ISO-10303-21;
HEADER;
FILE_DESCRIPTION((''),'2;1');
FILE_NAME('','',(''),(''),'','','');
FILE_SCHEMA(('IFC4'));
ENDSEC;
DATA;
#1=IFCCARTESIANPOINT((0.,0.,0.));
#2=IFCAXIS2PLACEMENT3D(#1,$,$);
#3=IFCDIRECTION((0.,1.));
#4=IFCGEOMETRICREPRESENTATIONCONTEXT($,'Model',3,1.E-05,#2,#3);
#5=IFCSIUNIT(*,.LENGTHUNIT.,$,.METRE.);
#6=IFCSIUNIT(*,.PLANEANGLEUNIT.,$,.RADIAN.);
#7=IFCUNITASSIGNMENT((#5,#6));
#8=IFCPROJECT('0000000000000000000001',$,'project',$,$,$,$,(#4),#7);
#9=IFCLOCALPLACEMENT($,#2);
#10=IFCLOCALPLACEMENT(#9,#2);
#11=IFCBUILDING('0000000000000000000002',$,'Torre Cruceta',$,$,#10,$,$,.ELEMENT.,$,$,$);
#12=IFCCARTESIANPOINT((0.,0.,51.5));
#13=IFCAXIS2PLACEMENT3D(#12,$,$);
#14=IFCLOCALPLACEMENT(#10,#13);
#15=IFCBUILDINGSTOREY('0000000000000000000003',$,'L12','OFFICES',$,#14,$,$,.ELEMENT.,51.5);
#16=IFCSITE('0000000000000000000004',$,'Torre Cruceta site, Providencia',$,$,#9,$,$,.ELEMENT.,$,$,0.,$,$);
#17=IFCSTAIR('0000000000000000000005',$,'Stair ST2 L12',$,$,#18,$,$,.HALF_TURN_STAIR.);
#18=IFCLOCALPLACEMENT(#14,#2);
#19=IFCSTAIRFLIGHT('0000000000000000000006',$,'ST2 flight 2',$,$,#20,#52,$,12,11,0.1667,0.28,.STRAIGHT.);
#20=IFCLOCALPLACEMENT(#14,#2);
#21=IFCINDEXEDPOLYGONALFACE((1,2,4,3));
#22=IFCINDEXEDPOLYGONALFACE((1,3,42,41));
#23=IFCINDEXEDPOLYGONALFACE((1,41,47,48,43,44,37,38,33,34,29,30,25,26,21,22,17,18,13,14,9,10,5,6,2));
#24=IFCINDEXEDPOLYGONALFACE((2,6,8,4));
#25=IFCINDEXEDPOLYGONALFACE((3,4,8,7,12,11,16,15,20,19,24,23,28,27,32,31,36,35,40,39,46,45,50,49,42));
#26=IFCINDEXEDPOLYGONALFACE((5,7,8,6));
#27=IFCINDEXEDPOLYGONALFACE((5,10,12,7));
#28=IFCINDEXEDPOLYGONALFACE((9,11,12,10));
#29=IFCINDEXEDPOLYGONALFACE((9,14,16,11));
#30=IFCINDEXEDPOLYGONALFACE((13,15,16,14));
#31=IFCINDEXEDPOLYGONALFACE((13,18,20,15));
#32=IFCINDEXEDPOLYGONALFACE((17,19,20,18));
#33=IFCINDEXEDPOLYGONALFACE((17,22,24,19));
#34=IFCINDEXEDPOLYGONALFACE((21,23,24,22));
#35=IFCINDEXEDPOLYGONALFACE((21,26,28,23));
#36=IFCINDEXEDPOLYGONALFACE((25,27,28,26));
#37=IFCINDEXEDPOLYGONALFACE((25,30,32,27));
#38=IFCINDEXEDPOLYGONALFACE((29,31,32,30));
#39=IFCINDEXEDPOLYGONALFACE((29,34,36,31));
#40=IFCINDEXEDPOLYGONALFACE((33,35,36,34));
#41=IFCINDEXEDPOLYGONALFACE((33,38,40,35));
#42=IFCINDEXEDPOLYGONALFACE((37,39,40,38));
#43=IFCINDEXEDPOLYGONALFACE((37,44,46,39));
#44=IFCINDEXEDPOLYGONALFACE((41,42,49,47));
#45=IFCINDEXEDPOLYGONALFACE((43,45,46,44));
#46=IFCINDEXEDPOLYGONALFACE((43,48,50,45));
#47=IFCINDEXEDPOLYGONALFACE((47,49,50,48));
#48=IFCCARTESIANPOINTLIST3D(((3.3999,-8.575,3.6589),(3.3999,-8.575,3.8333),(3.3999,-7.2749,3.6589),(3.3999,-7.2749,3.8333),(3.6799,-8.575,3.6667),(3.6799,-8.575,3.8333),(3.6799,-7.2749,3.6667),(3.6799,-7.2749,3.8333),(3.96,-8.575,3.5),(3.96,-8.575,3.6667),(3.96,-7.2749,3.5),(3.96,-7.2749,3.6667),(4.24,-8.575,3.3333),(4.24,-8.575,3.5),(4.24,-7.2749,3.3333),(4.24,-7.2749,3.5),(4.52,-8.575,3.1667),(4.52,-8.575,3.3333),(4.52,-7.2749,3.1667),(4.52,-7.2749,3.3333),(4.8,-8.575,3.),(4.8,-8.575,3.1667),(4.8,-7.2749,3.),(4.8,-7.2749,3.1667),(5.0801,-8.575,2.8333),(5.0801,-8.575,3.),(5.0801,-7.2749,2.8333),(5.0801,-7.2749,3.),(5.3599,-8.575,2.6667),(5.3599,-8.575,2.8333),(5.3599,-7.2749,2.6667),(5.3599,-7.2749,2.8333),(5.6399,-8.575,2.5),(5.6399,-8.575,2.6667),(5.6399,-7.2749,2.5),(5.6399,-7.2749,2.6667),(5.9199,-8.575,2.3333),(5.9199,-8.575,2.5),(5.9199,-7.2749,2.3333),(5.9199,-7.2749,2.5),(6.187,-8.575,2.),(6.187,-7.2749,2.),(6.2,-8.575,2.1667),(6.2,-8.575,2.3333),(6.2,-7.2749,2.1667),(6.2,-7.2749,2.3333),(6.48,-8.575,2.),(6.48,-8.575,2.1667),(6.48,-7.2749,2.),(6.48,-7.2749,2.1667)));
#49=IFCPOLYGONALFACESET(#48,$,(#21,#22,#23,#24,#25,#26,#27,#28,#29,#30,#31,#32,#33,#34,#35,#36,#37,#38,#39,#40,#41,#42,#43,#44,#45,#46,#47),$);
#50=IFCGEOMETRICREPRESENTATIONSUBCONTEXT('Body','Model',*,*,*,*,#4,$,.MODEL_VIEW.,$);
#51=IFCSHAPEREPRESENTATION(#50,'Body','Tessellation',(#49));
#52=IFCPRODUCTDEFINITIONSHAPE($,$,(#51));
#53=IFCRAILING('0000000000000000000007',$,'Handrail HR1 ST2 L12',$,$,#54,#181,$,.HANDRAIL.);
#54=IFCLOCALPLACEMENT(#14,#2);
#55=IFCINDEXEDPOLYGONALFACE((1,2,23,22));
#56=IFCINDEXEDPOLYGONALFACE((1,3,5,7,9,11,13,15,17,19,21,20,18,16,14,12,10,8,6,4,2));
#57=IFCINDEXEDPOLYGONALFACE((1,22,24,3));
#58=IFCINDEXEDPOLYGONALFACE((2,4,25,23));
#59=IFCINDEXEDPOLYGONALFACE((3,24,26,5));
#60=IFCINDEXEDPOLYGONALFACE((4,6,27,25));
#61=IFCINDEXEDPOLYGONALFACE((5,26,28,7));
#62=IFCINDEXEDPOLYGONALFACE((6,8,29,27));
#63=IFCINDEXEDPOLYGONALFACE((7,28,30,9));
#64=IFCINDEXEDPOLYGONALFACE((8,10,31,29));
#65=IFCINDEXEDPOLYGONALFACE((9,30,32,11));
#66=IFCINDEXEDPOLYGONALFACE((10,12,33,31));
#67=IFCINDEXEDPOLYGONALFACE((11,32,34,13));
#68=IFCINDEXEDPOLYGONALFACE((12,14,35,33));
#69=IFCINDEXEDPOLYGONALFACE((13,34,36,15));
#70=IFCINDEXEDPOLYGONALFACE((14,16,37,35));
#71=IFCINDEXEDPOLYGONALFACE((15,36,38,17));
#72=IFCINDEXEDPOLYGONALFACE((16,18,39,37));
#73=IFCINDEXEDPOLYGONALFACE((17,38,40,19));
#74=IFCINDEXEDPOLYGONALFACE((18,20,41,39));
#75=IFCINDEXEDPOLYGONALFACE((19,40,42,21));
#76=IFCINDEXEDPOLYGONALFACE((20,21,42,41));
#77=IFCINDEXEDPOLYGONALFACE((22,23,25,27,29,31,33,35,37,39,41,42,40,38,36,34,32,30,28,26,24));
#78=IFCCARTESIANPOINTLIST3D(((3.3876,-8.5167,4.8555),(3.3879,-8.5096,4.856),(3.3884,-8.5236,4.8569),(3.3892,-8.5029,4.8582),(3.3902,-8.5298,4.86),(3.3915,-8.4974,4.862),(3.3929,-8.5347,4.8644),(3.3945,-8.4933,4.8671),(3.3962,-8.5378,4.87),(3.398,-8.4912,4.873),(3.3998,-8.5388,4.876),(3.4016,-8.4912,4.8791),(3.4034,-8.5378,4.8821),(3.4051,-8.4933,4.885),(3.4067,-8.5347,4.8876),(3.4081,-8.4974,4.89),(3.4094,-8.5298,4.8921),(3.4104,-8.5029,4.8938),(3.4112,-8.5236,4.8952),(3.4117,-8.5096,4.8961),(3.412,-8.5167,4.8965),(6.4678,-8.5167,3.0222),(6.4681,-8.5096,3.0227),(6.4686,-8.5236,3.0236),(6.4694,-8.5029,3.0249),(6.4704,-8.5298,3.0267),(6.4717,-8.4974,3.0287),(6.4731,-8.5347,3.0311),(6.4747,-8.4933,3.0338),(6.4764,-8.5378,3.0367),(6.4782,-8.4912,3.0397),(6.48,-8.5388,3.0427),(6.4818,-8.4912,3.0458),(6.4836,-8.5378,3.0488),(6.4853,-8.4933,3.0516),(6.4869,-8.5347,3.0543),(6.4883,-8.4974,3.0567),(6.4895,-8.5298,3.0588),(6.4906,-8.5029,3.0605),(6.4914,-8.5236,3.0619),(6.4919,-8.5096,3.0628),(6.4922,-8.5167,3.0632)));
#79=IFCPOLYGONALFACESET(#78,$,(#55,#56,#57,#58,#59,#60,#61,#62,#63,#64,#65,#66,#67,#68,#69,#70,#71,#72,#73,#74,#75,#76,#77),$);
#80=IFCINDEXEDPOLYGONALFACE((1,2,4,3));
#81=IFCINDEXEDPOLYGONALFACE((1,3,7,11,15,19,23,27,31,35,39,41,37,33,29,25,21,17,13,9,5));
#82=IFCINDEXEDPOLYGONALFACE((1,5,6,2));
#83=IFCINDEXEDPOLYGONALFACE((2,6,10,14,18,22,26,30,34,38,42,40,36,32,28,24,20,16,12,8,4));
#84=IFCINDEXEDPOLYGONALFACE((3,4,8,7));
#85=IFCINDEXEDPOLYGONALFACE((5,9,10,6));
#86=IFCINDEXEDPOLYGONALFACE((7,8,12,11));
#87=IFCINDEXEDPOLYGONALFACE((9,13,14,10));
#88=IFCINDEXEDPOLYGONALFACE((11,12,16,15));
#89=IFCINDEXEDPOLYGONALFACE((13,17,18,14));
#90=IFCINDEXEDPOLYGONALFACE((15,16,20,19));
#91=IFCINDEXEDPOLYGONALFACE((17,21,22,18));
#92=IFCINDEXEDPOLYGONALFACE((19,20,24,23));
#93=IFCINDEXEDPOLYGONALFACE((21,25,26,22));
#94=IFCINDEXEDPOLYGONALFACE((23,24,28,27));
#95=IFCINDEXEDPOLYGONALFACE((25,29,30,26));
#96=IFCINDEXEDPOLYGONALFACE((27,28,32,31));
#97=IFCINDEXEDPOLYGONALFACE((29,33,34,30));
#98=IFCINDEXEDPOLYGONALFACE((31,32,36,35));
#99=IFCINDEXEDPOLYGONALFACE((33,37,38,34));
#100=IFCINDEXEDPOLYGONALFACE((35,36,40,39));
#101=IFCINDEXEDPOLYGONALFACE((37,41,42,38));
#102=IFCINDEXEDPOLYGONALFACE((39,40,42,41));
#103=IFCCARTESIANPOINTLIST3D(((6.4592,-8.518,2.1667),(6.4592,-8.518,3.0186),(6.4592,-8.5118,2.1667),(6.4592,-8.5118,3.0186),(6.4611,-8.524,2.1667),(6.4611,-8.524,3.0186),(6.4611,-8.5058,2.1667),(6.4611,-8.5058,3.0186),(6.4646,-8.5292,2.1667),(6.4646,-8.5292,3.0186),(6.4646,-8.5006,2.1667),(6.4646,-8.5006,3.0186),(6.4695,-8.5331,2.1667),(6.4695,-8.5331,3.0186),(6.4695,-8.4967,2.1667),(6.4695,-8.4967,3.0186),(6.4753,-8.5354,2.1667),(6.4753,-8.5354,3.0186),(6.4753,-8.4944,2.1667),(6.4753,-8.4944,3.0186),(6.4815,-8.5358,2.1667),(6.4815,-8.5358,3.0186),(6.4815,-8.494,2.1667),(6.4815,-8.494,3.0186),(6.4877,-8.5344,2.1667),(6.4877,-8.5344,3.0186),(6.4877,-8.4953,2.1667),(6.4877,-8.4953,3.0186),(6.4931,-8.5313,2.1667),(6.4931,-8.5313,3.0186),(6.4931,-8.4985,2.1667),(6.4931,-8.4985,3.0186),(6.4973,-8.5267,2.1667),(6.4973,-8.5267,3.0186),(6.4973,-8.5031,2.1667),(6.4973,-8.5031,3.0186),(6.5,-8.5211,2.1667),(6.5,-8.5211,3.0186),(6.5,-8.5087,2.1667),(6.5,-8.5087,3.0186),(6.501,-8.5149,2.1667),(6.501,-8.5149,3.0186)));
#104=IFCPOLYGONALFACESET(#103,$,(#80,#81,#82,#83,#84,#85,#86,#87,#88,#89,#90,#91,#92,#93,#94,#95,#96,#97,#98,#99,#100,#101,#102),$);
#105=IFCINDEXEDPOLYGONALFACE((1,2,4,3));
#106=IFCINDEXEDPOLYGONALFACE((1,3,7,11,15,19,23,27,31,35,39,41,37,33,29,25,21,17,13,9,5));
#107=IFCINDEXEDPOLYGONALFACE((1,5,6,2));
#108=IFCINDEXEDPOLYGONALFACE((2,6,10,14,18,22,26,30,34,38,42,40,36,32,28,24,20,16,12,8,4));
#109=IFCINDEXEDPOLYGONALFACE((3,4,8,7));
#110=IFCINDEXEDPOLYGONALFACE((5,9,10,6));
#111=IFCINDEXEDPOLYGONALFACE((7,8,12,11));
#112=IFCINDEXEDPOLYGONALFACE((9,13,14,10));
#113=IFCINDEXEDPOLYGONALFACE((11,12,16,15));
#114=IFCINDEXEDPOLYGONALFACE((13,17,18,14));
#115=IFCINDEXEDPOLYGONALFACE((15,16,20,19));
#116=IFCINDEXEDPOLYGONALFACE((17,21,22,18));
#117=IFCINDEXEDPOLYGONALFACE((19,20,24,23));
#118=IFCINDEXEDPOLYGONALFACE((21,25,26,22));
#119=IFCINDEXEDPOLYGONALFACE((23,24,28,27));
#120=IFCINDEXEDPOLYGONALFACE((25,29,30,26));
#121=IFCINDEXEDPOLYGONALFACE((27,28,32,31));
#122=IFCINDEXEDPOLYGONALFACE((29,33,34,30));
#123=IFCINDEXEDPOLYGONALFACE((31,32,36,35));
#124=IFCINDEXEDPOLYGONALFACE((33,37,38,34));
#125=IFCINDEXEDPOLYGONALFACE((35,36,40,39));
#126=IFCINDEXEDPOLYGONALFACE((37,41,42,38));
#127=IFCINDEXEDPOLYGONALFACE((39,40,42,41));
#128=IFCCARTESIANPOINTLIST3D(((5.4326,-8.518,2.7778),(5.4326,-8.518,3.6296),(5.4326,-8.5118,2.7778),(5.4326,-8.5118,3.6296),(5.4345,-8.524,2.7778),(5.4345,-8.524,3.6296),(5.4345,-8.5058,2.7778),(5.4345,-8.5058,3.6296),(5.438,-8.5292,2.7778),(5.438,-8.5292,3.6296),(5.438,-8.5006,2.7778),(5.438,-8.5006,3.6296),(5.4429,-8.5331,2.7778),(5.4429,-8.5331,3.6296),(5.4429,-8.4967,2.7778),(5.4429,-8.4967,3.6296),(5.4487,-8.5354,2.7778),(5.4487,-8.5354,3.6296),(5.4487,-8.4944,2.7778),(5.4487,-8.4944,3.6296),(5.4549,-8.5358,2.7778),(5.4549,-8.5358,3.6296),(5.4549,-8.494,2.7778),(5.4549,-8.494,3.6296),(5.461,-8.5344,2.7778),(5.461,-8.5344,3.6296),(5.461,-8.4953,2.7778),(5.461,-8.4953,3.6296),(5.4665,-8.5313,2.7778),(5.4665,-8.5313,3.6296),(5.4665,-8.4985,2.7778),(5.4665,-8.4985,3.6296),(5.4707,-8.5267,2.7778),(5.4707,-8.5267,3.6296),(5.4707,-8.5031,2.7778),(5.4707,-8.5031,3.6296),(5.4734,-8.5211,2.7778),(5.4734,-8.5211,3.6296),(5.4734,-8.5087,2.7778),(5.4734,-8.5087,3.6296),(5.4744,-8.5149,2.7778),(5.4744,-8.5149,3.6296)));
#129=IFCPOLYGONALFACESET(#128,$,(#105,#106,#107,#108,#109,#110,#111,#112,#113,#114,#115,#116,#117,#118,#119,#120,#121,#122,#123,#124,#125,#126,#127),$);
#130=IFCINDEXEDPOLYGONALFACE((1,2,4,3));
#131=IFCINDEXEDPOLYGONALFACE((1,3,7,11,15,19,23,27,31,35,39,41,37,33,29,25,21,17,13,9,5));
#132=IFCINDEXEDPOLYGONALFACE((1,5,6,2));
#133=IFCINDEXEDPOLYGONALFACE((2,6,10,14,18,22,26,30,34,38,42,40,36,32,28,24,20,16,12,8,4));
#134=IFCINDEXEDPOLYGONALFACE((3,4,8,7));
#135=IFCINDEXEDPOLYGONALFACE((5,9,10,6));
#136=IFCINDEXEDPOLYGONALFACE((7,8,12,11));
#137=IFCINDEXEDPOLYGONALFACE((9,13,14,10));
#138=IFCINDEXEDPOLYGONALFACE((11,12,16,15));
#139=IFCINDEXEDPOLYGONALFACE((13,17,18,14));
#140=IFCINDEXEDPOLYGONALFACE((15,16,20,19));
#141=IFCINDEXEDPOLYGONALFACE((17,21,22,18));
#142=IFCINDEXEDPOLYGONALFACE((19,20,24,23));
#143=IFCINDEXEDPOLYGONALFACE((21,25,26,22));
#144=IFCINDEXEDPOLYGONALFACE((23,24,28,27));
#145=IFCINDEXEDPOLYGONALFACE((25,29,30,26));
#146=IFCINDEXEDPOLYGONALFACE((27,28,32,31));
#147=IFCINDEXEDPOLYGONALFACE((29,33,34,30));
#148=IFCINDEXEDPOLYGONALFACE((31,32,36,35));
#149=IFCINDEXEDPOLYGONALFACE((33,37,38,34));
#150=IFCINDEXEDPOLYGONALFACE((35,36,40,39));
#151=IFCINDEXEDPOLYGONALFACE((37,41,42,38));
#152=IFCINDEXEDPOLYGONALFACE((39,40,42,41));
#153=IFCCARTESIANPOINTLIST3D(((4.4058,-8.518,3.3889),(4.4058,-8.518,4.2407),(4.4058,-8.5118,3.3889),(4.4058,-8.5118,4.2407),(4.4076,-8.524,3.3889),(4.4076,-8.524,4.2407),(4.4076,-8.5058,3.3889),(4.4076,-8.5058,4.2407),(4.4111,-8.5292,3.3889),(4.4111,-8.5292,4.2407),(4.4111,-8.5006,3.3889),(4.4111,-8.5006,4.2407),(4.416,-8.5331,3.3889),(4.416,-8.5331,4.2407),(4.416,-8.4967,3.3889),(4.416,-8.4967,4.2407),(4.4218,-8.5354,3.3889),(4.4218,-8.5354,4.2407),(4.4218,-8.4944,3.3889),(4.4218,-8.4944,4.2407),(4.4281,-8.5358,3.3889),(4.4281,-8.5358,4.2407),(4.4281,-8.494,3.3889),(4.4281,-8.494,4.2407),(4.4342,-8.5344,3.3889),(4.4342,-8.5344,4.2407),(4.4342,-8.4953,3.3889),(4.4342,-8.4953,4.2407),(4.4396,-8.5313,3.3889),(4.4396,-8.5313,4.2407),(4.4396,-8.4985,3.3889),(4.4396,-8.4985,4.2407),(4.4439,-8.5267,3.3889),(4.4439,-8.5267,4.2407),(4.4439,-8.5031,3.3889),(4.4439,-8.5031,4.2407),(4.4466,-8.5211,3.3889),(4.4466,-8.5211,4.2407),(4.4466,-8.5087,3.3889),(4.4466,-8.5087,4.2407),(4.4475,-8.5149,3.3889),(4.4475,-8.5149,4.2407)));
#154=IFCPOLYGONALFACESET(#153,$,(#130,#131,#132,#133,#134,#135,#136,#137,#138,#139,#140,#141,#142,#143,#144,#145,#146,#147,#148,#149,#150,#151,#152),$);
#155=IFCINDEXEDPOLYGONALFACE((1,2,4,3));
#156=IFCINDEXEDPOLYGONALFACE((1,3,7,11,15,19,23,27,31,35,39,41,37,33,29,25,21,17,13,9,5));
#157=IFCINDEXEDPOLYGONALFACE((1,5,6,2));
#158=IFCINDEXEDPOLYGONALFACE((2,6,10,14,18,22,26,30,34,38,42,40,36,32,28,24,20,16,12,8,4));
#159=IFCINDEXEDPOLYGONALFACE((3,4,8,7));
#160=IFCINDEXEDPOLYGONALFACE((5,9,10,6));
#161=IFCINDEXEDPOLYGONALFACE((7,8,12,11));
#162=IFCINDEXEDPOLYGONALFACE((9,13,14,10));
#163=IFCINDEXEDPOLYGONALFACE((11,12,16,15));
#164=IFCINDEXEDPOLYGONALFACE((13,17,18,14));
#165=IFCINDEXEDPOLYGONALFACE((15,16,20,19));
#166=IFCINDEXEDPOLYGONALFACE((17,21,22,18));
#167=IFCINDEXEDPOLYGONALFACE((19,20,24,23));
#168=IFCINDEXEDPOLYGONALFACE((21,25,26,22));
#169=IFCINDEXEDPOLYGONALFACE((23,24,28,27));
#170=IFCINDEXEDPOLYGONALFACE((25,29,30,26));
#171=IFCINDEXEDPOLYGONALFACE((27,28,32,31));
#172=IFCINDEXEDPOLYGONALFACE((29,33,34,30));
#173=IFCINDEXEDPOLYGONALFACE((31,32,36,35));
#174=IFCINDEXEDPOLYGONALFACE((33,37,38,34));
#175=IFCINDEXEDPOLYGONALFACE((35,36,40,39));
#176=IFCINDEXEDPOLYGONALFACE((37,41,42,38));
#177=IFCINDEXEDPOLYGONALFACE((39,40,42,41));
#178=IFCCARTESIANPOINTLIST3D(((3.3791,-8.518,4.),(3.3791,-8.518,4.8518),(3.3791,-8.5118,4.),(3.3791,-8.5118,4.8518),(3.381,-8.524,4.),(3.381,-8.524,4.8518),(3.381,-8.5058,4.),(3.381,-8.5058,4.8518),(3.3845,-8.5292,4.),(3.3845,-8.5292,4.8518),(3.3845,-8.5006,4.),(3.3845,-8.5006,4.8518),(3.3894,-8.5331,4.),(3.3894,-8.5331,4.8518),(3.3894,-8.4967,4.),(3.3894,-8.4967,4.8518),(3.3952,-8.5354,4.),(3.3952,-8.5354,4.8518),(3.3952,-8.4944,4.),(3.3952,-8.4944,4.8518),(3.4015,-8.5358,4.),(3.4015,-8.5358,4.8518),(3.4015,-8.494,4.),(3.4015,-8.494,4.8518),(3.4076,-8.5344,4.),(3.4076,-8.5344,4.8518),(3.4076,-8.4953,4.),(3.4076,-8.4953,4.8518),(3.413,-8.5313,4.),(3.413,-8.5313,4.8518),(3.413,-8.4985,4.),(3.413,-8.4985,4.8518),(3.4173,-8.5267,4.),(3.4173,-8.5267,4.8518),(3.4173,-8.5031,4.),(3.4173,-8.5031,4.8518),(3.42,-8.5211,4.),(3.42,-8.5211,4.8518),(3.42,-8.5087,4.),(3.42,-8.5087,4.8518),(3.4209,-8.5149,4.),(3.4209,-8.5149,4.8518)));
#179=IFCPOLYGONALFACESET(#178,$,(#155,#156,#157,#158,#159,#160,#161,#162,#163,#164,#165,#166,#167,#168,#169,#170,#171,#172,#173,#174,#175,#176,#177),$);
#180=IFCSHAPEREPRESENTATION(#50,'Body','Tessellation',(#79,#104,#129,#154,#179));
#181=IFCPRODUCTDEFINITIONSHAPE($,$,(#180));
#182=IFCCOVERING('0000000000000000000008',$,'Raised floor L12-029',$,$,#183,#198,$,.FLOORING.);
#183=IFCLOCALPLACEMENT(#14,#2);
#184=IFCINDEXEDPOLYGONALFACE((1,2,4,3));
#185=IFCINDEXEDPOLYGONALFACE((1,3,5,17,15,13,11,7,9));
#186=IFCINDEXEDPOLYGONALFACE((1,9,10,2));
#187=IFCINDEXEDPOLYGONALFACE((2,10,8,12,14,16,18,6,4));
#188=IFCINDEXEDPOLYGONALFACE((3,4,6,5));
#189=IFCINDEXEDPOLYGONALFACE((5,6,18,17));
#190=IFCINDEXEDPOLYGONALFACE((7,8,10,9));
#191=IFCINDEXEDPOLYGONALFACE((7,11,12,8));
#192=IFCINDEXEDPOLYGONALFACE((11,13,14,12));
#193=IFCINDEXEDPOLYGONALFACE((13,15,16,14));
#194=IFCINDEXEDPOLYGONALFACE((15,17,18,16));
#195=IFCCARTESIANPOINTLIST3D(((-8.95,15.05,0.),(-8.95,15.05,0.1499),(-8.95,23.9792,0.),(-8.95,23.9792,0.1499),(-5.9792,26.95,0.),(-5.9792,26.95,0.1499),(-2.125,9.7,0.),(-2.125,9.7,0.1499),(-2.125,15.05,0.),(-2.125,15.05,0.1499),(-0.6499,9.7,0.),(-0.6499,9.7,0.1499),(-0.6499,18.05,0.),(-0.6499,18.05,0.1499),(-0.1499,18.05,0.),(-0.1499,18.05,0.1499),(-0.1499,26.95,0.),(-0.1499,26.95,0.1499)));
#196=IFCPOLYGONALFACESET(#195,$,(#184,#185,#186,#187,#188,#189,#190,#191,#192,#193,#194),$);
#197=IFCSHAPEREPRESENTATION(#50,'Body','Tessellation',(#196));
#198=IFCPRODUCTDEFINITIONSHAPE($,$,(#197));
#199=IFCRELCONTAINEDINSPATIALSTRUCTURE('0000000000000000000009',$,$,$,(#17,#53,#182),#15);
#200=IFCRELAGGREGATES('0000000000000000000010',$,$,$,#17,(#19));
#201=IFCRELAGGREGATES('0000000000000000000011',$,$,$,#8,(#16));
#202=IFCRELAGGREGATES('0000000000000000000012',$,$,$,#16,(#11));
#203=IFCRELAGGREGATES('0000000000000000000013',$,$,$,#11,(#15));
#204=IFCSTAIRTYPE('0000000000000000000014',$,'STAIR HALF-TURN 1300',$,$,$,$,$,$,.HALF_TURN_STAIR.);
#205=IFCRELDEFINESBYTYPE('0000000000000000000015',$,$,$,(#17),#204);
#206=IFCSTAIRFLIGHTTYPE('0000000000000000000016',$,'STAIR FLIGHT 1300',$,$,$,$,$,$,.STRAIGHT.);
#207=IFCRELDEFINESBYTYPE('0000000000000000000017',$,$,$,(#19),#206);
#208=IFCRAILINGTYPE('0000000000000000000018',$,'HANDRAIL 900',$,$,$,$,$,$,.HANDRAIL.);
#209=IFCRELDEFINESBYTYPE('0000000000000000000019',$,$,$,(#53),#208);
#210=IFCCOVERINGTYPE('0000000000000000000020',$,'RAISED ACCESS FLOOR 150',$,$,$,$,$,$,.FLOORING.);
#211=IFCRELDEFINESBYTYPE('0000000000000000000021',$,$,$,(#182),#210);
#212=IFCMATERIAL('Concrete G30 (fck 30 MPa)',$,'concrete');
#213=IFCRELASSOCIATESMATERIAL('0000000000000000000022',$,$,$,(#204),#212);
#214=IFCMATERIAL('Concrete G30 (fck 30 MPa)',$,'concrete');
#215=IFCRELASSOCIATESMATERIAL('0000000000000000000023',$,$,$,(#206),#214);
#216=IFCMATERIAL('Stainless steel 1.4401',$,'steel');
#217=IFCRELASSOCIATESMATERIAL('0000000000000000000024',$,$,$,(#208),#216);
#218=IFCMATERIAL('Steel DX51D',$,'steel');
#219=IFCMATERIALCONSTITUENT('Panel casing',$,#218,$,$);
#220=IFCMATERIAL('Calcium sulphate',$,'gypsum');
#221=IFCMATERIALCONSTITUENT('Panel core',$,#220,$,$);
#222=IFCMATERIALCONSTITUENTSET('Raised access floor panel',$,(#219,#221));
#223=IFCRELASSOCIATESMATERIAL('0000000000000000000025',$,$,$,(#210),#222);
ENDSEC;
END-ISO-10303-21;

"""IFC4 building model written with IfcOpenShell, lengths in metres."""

from ifc_helpers import new_model, si_unit, direction, frame, origin, origin_2d, place, context, subcontext, project, spatial, polyline, circle, outline, extrude, material, constituent, constituent_set, type_object, element, aggregate, save


model = new_model("IFC4")

# Units and contexts
model_context = context("Model", 3, precision=1e-05, world=origin(), true_north=direction((0.0, 1.0)))
body_context = subcontext(model_context, "Body", "Model", "MODEL_VIEW")
ifc_project = project(units=[si_unit("LENGTHUNIT", "METRE"), si_unit("PLANEANGLEUNIT", "RADIAN")], contexts=[model_context])

# Site, building, storey
site_placement = place(None, origin())
site = spatial("IfcSite", under=ifc_project, at=site_placement, Name="Torre Cruceta site, Providencia", CompositionType="ELEMENT", RefElevation=0.0)
building_placement = place(site_placement, origin())
building = spatial("IfcBuilding", under=site, at=building_placement, Name="Torre Cruceta", CompositionType="ELEMENT")
storey_placement = place(building_placement, frame((0.0, 0.0, 51.5)))
storey = spatial("IfcBuildingStorey", under=building, at=storey_placement, Name="L12", Description="OFFICES", CompositionType="ELEMENT", Elevation=51.5)

# Stair, stair flight
ifc_material_1 = material(Name="Concrete G30 (fck 30 MPa)", Category="concrete")
stair_type = type_object("IfcStairType", Name="STAIR HALF-TURN 1300", PredefinedType="HALF_TURN_STAIR", material=ifc_material_1)
stair_placement = place(storey_placement, origin())
stair = element("IfcStair", 1, at=stair_placement, inside=storey, type_object=stair_type, Name="Stair ST2 L12", PredefinedType="HALF_TURN_STAIR")
ifc_material_2 = material(Name="Concrete G30 (fck 30 MPa)", Category="concrete")
stair_flight_type = type_object("IfcStairFlightType", Name="STAIR FLIGHT 1300", PredefinedType="STRAIGHT", material=ifc_material_2)
stair_flight_1_placement = place(storey_placement, frame((6.48, -7.925, 2.0), z_axis=(0.0, 0.0, 1.0), x_axis=(-1.0, 0.0, 0.0)))
stair_flight_1 = element("IfcStairFlight", 2, at=stair_flight_1_placement, type_object=stair_flight_type, Name="ST2 flight 2", NumberOfRisers=12, NumberOfTreads=11, PredefinedType="STRAIGHT", RiserHeight=0.1667, TreadLength=0.28, context=body_context, shape_type="SweptSolid", body=[
    extrude(outline(polyline([(0.0, 0.0), (0.0, 0.1667), (0.28, 0.1667), (0.28, 0.3333), (0.5601, 0.3333), (0.5601, 0.5), (0.8401, 0.5), (0.8401, 0.6667), (1.1201, 0.6667), (1.1201, 0.8333), (1.3999, 0.8333), (1.3999, 1.0), (1.6799, 1.0), (1.6799, 1.1667), (1.96, 1.1667), (1.96, 1.3333), (2.24, 1.3333), (2.24, 1.5), (2.52, 1.5), (2.52, 1.6667), (2.8, 1.6667), (2.8, 1.8333), (3.0801, 1.8333), (3.0801, 2.0), (3.0801, 1.6589), (0.293, 0.0), (0.0, 0.0)])), frame((0.0, 0.6499, 0.0), z_axis=(0.0, -1.0, 0.0), x_axis=(1.0, 0.0, 0.0)), (0.0, 0.0, 1.0), 1.3),
])
aggregate(stair, [stair_flight_1])

# Railing
ifc_material_3 = material(Name="Stainless steel 1.4401", Category="steel")
railing_type = type_object("IfcRailingType", Name="HANDRAIL 900", PredefinedType="HANDRAIL", material=ifc_material_3)
railing_1_placement = place(storey_placement, frame((6.48, -8.5149, 2.1667)))
element("IfcRailing", 3, at=railing_1_placement, inside=storey, type_object=railing_type, Name="Handrail HR1 ST2 L12", PredefinedType="HANDRAIL", context=body_context, shape_type="SweptSolid", body=[
    extrude(circle(Radius=0.0239, at=origin_2d()), frame((0.0, 0.0, 0.876), z_axis=(-0.859309, 0.0, 0.511458), x_axis=(0.0, -1.0, 0.0)), (0.0, 0.0, 1.0), 3.5845),
    extrude(circle(Radius=0.021, at=origin_2d()), origin(), (0.0, 0.0, 1.0), 0.8518),
    extrude(circle(Radius=0.021, at=origin_2d()), frame((-1.0266, 0.0, 0.6111)), (0.0, 0.0, 1.0), 0.8518),
    extrude(circle(Radius=0.021, at=origin_2d()), frame((-2.0535, 0.0, 1.2222)), (0.0, 0.0, 1.0), 0.8518),
    extrude(circle(Radius=0.021, at=origin_2d()), frame((-3.0801, 0.0, 1.8333)), (0.0, 0.0, 1.0), 0.8518),
])

# Covering
ifc_material_4 = material(Name="Steel DX51D", Category="steel")
ifc_constituent_1 = constituent(ifc_material_4, Name="Panel casing")
ifc_material_5 = material(Name="Calcium sulphate", Category="gypsum")
ifc_constituent_2 = constituent(ifc_material_5, Name="Panel core")
ifc_constituent_set_1 = constituent_set(constituents=[ifc_constituent_1, ifc_constituent_2], Name="Raised access floor panel")
covering_type_1 = type_object("IfcCoveringType", Name="RAISED ACCESS FLOOR 150", PredefinedType="FLOORING", material=ifc_constituent_set_1)
covering_1_placement = place(storey_placement, origin())
element("IfcCovering", 4, at=covering_1_placement, inside=storey, type_object=covering_type_1, Name="Raised floor L12-029", PredefinedType="FLOORING", context=body_context, shape_type="SweptSolid", body=[
    extrude(outline(polyline([(-0.1499, 26.95), (-0.1499, 18.05), (-0.6499, 18.05), (-0.6499, 9.7), (-2.125, 9.7), (-2.125, 15.05), (-8.95, 15.05), (-8.95, 23.9792), (-5.9792, 26.95), (-0.1499, 26.95)])), origin(), (0.0, 0.0, 1.0), 0.1499),
])

save(model, "model.ifc")
